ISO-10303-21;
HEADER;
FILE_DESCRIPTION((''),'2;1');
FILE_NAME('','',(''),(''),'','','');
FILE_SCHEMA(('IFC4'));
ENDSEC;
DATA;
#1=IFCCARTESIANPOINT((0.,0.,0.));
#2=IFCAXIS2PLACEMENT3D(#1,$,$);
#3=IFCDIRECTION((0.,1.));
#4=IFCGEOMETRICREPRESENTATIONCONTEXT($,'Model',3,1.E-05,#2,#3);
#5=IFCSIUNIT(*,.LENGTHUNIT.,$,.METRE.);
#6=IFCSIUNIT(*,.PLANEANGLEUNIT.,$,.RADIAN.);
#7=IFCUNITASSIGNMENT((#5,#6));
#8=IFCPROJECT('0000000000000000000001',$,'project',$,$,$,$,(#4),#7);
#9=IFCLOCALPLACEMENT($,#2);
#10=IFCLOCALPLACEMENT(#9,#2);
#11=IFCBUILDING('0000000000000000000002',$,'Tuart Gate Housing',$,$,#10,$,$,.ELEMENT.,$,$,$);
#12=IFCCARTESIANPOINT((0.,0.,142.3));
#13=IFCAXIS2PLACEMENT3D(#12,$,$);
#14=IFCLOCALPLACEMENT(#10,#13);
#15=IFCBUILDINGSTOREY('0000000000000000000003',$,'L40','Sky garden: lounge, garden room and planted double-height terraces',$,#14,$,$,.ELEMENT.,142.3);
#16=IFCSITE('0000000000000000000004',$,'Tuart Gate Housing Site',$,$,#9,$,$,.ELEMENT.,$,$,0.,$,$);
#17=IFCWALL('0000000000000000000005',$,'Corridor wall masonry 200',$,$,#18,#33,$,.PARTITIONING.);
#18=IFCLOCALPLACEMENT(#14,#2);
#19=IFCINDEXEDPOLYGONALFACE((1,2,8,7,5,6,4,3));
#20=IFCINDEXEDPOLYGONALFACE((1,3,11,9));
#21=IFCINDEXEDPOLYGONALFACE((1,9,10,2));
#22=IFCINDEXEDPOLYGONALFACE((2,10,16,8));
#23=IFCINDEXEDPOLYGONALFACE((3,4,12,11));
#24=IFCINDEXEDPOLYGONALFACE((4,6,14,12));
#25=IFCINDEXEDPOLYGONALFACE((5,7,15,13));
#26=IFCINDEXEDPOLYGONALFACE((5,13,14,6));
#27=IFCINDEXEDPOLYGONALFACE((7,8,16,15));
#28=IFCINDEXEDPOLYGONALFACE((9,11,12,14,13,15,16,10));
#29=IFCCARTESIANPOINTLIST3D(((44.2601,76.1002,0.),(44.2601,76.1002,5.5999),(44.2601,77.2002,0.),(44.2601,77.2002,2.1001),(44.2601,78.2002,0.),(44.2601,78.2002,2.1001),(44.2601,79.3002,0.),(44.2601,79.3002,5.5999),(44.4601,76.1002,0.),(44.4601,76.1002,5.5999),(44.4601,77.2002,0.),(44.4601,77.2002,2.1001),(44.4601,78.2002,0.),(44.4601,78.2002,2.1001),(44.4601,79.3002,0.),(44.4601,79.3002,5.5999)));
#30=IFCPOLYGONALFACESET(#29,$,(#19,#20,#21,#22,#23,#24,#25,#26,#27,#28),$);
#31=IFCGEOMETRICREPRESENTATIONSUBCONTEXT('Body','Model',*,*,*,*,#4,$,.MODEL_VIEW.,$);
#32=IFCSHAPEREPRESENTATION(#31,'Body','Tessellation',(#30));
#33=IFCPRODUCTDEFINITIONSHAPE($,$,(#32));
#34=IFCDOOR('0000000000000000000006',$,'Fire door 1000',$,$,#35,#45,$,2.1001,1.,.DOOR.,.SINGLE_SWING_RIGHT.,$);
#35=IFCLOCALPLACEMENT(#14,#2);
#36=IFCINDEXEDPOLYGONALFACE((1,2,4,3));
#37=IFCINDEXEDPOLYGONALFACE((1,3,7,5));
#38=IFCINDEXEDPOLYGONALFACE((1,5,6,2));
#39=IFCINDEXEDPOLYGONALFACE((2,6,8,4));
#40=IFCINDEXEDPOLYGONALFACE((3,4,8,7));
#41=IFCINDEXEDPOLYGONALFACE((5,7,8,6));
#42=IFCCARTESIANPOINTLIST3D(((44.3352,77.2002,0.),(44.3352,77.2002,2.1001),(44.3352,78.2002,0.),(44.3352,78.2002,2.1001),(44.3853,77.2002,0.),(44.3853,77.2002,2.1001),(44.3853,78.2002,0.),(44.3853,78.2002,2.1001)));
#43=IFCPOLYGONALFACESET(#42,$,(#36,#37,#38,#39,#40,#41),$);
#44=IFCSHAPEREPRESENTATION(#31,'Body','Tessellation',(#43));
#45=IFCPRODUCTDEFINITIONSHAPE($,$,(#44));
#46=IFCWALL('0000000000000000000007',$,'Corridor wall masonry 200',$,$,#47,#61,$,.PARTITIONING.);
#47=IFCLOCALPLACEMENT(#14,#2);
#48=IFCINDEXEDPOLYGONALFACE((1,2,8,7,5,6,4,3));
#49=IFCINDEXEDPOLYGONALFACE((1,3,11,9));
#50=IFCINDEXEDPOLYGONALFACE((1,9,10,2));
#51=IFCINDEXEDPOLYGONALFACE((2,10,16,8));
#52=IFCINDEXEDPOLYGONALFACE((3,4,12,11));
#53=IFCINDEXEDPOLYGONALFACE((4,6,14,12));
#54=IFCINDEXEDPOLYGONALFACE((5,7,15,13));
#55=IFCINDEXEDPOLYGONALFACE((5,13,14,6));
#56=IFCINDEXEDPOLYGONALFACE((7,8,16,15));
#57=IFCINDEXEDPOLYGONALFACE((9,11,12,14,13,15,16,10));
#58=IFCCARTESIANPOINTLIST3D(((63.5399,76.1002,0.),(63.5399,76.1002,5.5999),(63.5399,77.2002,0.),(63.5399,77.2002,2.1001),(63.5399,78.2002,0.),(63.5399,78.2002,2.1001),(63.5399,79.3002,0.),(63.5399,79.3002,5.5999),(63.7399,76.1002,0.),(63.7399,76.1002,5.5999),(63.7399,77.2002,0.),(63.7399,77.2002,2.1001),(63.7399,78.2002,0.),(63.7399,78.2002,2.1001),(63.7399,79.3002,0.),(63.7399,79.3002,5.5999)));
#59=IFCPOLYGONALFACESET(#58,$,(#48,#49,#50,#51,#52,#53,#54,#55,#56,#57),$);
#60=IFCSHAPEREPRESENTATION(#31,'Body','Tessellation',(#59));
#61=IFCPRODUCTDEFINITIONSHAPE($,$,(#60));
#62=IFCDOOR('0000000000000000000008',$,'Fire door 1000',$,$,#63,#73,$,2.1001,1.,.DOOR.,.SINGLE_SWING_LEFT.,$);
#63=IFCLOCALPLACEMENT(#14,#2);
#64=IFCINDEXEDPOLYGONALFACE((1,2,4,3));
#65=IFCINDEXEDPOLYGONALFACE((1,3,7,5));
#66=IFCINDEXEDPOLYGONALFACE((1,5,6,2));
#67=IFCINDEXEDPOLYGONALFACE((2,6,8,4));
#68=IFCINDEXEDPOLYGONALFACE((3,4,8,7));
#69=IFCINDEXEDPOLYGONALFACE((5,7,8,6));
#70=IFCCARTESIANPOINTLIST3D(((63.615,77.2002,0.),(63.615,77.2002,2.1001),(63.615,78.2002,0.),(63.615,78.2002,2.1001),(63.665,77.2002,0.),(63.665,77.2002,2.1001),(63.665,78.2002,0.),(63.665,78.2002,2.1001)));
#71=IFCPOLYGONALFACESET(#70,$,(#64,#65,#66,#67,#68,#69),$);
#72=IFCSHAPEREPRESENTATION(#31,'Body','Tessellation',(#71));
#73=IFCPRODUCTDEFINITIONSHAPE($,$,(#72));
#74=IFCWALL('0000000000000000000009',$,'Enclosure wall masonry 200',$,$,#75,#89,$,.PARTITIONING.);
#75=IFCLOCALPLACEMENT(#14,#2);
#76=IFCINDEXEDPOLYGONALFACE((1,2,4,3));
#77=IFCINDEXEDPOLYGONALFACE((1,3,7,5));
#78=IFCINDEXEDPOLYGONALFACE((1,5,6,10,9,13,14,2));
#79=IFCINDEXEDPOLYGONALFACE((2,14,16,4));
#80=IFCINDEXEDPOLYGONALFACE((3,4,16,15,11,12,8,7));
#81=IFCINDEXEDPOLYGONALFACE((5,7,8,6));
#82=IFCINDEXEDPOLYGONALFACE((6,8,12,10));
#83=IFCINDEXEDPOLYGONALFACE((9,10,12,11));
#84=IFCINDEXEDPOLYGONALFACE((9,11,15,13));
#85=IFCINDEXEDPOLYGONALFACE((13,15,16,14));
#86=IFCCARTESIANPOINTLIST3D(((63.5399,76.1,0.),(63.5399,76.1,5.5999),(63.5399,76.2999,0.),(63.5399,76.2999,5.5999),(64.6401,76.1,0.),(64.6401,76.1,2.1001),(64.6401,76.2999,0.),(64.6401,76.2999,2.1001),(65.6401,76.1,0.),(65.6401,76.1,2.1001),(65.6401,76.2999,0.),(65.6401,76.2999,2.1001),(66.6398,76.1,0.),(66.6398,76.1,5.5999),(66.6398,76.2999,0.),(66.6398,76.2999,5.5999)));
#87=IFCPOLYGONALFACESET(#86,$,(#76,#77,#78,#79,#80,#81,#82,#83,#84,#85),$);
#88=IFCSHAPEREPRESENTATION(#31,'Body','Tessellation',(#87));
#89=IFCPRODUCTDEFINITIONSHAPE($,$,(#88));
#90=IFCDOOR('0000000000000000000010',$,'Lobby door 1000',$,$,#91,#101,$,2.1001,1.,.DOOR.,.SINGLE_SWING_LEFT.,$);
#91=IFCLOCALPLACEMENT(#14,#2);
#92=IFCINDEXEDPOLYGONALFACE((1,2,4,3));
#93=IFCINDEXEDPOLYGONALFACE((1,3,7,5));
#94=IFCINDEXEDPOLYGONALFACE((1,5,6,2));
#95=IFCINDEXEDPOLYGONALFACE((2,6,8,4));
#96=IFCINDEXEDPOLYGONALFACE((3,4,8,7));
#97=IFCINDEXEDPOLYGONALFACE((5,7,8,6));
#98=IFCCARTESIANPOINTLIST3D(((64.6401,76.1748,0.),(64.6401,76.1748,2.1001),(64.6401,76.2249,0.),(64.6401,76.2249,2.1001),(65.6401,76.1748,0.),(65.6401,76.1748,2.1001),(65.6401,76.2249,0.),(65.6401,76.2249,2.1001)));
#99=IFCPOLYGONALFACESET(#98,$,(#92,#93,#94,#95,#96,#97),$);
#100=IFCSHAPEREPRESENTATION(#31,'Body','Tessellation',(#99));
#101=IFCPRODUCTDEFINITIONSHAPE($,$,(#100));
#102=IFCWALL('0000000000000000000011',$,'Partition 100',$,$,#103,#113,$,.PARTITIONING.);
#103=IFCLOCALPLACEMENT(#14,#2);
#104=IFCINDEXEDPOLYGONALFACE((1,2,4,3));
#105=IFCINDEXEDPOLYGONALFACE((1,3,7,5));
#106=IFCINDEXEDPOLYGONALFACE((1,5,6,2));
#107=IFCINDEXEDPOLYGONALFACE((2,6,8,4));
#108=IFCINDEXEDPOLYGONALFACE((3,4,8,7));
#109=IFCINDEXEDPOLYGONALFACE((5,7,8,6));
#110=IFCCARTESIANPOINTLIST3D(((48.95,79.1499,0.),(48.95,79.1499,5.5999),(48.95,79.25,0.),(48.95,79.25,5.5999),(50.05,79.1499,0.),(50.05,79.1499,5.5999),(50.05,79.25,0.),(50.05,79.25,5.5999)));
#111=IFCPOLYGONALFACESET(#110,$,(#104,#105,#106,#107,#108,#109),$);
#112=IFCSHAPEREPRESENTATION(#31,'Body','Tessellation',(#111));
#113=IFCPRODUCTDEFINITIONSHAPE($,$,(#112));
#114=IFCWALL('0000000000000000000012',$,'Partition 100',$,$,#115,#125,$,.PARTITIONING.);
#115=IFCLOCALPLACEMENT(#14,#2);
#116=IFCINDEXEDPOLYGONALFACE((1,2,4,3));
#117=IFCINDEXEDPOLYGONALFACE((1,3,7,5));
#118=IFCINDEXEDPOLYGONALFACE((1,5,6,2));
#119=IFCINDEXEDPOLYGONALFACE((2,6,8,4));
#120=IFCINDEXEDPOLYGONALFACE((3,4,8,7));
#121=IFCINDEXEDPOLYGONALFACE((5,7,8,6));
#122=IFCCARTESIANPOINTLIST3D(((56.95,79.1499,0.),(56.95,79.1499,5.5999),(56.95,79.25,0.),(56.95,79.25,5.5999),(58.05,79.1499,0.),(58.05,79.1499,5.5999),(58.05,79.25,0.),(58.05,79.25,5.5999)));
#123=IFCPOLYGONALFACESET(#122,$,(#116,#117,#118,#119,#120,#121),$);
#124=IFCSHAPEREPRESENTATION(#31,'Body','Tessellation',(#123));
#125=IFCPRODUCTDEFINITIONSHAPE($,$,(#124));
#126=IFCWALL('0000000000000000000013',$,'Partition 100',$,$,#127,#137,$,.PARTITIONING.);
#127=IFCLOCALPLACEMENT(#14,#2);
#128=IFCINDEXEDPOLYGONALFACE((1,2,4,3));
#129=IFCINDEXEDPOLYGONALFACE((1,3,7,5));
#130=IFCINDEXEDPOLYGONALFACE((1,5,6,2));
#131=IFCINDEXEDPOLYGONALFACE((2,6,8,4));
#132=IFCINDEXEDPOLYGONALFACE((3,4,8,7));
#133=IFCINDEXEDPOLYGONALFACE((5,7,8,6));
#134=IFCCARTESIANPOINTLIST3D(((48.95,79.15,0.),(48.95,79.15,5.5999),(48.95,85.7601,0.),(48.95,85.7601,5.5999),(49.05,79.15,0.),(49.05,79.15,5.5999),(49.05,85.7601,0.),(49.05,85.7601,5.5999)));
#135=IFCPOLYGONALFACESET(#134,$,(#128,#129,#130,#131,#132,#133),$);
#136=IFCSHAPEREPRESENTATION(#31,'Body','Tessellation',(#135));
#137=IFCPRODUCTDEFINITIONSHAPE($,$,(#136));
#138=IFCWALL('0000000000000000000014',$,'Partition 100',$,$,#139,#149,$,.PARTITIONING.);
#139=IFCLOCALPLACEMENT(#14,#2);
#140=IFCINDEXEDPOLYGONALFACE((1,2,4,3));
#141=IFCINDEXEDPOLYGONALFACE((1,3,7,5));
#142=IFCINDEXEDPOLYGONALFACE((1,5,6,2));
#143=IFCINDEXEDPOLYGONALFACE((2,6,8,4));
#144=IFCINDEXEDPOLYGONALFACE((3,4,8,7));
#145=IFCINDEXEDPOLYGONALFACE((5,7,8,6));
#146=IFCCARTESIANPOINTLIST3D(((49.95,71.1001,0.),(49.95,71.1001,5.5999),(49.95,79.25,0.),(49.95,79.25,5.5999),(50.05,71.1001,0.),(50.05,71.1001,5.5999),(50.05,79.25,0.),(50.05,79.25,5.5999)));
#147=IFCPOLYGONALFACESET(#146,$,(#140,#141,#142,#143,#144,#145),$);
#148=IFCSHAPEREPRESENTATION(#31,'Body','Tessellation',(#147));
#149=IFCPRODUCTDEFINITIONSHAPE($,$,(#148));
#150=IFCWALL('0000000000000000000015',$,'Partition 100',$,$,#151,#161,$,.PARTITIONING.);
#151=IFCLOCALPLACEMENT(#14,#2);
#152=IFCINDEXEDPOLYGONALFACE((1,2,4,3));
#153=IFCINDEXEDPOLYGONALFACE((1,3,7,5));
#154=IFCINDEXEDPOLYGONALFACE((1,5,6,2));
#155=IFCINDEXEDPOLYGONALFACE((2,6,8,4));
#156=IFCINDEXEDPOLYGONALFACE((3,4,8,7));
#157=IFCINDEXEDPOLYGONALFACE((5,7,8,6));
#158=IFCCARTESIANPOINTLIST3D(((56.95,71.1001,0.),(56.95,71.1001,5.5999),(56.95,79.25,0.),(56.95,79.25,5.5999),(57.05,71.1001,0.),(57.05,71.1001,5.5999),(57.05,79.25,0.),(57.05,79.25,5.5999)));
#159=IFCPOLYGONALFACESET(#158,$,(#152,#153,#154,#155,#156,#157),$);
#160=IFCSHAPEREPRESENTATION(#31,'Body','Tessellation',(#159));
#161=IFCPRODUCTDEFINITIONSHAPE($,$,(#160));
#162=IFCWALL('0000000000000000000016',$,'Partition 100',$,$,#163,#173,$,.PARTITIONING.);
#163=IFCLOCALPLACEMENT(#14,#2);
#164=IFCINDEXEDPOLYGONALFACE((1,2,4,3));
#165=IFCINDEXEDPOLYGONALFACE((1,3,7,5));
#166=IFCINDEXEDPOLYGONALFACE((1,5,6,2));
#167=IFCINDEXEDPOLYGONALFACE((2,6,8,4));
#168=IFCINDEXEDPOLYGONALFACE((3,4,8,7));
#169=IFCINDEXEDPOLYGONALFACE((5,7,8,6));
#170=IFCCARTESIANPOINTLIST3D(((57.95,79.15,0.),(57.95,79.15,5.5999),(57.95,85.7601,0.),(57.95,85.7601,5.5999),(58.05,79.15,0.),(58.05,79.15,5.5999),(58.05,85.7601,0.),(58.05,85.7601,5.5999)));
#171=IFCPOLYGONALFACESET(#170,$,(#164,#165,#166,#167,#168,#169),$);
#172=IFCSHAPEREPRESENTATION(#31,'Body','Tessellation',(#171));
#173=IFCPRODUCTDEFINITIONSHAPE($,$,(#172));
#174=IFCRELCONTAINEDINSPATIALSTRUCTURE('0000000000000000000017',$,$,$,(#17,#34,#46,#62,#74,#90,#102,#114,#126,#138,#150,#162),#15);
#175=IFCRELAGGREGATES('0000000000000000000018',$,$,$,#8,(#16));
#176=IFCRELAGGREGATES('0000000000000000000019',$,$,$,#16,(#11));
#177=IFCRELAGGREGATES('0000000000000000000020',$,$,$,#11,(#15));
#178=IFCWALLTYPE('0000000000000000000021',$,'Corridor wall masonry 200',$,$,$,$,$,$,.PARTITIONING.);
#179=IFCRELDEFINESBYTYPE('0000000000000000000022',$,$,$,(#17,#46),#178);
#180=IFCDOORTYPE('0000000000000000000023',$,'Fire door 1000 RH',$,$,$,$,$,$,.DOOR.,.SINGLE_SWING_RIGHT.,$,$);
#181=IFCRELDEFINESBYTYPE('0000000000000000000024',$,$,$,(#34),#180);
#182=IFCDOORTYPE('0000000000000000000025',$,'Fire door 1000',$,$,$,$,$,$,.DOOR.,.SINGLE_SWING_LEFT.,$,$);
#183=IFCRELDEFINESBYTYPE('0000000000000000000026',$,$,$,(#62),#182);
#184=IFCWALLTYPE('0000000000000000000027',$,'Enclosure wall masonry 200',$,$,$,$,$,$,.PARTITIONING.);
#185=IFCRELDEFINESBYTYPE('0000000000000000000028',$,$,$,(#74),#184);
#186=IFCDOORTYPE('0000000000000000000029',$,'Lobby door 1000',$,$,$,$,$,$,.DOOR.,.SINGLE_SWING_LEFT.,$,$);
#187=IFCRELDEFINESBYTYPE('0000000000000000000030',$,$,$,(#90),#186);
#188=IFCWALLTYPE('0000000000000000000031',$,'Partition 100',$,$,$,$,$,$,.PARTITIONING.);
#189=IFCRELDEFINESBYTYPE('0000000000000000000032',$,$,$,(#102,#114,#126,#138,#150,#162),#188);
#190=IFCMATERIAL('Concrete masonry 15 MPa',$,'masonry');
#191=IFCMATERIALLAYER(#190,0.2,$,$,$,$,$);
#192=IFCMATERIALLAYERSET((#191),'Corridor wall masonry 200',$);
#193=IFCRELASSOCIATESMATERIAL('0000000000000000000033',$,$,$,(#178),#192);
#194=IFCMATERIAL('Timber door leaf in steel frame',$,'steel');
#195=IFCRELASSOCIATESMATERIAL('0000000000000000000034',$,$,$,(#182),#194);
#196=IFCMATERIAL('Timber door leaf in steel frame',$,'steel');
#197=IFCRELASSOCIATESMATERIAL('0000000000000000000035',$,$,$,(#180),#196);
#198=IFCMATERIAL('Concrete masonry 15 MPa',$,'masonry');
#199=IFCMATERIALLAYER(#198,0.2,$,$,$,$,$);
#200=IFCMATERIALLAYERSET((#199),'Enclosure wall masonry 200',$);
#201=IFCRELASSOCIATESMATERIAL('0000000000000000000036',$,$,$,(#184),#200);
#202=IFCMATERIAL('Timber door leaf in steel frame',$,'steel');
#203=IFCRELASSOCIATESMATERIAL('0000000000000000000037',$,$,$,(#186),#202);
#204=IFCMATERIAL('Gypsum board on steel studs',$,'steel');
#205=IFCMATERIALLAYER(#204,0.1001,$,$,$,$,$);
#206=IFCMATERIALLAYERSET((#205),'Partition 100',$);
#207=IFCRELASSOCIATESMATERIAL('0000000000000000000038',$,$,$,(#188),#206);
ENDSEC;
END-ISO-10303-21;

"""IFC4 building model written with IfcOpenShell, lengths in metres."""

from ifc_helpers import new_model, si_unit, direction, frame, frame_2d, origin, place, context, subcontext, project, spatial, rectangle, extrude, material, layer, layer_set, type_object, element, fill, save


model = new_model("IFC4")

# Units and contexts
model_context = context("Model", 3, precision=1e-05, world=origin(), true_north=direction((0.0, 1.0)))
body_context = subcontext(model_context, "Body", "Model", "MODEL_VIEW")
ifc_project = project(units=[si_unit("LENGTHUNIT", "METRE"), si_unit("PLANEANGLEUNIT", "RADIAN")], contexts=[model_context])

# Site, building, storey
site_placement = place(None, origin())
site = spatial("IfcSite", under=ifc_project, at=site_placement, Name="Tuart Gate Housing Site", CompositionType="ELEMENT", RefElevation=0.0)
building_placement = place(site_placement, origin())
building = spatial("IfcBuilding", under=site, at=building_placement, Name="Tuart Gate Housing", CompositionType="ELEMENT")
storey_placement = place(building_placement, frame((0.0, 0.0, 142.3)))
storey = spatial("IfcBuildingStorey", under=building, at=storey_placement, Name="L40", Description="Sky garden: lounge, garden room and planted double-height terraces", CompositionType="ELEMENT", Elevation=142.3)

# Shared definitions
ifc_material_1 = material(Name="Concrete masonry 15 MPa", Category="masonry")
ifc_layer_1 = layer(ifc_material_1, 0.2)
ifc_layer_set_1 = layer_set([ifc_layer_1], Name="Corridor wall masonry 200")
wall_type_1 = type_object("IfcWallType", Name="Corridor wall masonry 200", PredefinedType="PARTITIONING", material=ifc_layer_set_1)
ifc_material_2 = material(Name="Timber door leaf in steel frame", Category="steel")
door_type_1 = type_object("IfcDoorType", Name="Fire door 1000", OperationType="SINGLE_SWING_LEFT", PredefinedType="DOOR", material=ifc_material_2)

# Walls, openings, doors
wall_1_placement = place(storey_placement, frame((44.3601, 76.1001, 0.0), z_axis=(0.0, 0.0, 1.0), x_axis=(0.0, 1.0, 0.0)))
wall_1 = element("IfcWall", 1, at=wall_1_placement, inside=storey, type_object=wall_type_1, Name="Corridor wall masonry 200", PredefinedType="PARTITIONING", context=body_context, shape_type="SweptSolid", body=[
    extrude(rectangle(XDim=3.2, YDim=0.2, at=frame_2d((1.6001, 0.0))), origin(), (0.0, 0.0, 1.0), 5.5999),
])
opening_1_placement = place(wall_1_placement, frame((1.1001, 0.0, 0.0)))
opening_1 = element("IfcOpeningElement", 2, at=opening_1_placement, cuts=wall_1, PredefinedType="OPENING", context=body_context, shape_type="SweptSolid", body=[
    extrude(rectangle(XDim=1.0, YDim=2.1001, at=frame_2d((0.5, 1.05))), frame((0.0, 0.1099, 0.0), z_axis=(0.0, -1.0, 0.0), x_axis=(1.0, 0.0, 0.0)), (0.0, 0.0, 1.0), 0.22),
])
ifc_material_3 = material(Name="Timber door leaf in steel frame", Category="steel")
door_type_2 = type_object("IfcDoorType", Name="Fire door 1000 RH", OperationType="SINGLE_SWING_RIGHT", PredefinedType="DOOR", material=ifc_material_3)
door_1_placement = place(opening_1_placement, frame((1.0, 0.0, 0.0), z_axis=(0.0, 0.0, 1.0), x_axis=(-1.0, 0.0, 0.0)))
door_1 = element("IfcDoor", 3, at=door_1_placement, inside=storey, type_object=door_type_2, Name="Fire door 1000", OperationType="SINGLE_SWING_RIGHT", OverallHeight=2.1001, OverallWidth=1.0, PredefinedType="DOOR", context=body_context, shape_type="SweptSolid", body=[
    extrude(rectangle(XDim=1.0, YDim=2.1001, at=frame_2d((0.5, 1.05))), frame((0.0, 0.0251, 0.0), z_axis=(0.0, -1.0, 0.0), x_axis=(1.0, 0.0, 0.0)), (0.0, 0.0, 1.0), 0.05),
])
fill(opening_1, door_1)
wall_2_placement = place(storey_placement, frame((63.6399, 76.1001, 0.0), z_axis=(0.0, 0.0, 1.0), x_axis=(0.0, 1.0, 0.0)))
wall_2 = element("IfcWall", 4, at=wall_2_placement, inside=storey, type_object=wall_type_1, Name="Corridor wall masonry 200", PredefinedType="PARTITIONING", context=body_context, shape_type="SweptSolid", body=[
    extrude(rectangle(XDim=3.2, YDim=0.2, at=frame_2d((1.6001, 0.0))), origin(), (0.0, 0.0, 1.0), 5.5999),
])
opening_2_placement = place(wall_2_placement, frame((1.1001, 0.0, 0.0)))
opening_2 = element("IfcOpeningElement", 5, at=opening_2_placement, cuts=wall_2, PredefinedType="OPENING", context=body_context, shape_type="SweptSolid", body=[
    extrude(rectangle(XDim=1.0, YDim=2.1001, at=frame_2d((0.5, 1.05))), frame((0.0, 0.1099, 0.0), z_axis=(0.0, -1.0, 0.0), x_axis=(1.0, 0.0, 0.0)), (0.0, 0.0, 1.0), 0.22),
])
door_2_placement = place(opening_2_placement, origin())
door_2 = element("IfcDoor", 6, at=door_2_placement, inside=storey, type_object=door_type_1, Name="Fire door 1000", OperationType="SINGLE_SWING_LEFT", OverallHeight=2.1001, OverallWidth=1.0, PredefinedType="DOOR", context=body_context, shape_type="SweptSolid", body=[
    extrude(rectangle(XDim=1.0, YDim=2.1001, at=frame_2d((0.5, 1.05))), frame((0.0, 0.0249, 0.0), z_axis=(0.0, -1.0, 0.0), x_axis=(1.0, 0.0, 0.0)), (0.0, 0.0, 1.0), 0.05),
])
fill(opening_2, door_2)
ifc_material_4 = material(Name="Concrete masonry 15 MPa", Category="masonry")
ifc_layer_2 = layer(ifc_material_4, 0.2)
ifc_layer_set_2 = layer_set([ifc_layer_2], Name="Enclosure wall masonry 200")
wall_type_2 = type_object("IfcWallType", Name="Enclosure wall masonry 200", PredefinedType="PARTITIONING", material=ifc_layer_set_2)
wall_3_placement = place(storey_placement, frame((63.54, 76.2, 0.0), z_axis=(0.0, 0.0, 1.0), x_axis=(1.0, 0.0, 0.0)))
wall_3 = element("IfcWall", 7, at=wall_3_placement, inside=storey, type_object=wall_type_2, Name="Enclosure wall masonry 200", PredefinedType="PARTITIONING", context=body_context, shape_type="SweptSolid", body=[
    extrude(rectangle(XDim=3.0999, YDim=0.2, at=frame_2d((1.5498, 0.0))), origin(), (0.0, 0.0, 1.0), 5.5999),
])
opening_3_placement = place(wall_3_placement, frame((1.1001, 0.0, 0.0)))
opening_3 = element("IfcOpeningElement", 8, at=opening_3_placement, cuts=wall_3, PredefinedType="OPENING", context=body_context, shape_type="SweptSolid", body=[
    extrude(rectangle(XDim=1.0, YDim=2.1001, at=frame_2d((0.5, 1.05))), frame((0.0, 0.1099, 0.0), z_axis=(0.0, -1.0, 0.0), x_axis=(1.0, 0.0, 0.0)), (0.0, 0.0, 1.0), 0.22),
])
ifc_material_5 = material(Name="Timber door leaf in steel frame", Category="steel")
door_type_3 = type_object("IfcDoorType", Name="Lobby door 1000", OperationType="SINGLE_SWING_LEFT", PredefinedType="DOOR", material=ifc_material_5)
door_3_placement = place(opening_3_placement, origin())
door_3 = element("IfcDoor", 9, at=door_3_placement, inside=storey, type_object=door_type_3, Name="Lobby door 1000", OperationType="SINGLE_SWING_LEFT", OverallHeight=2.1001, OverallWidth=1.0, PredefinedType="DOOR", context=body_context, shape_type="SweptSolid", body=[
    extrude(rectangle(XDim=1.0, YDim=2.1001, at=frame_2d((0.5, 1.05))), frame((0.0, 0.0249, 0.0), z_axis=(0.0, -1.0, 0.0), x_axis=(1.0, 0.0, 0.0)), (0.0, 0.0, 1.0), 0.05),
])
fill(opening_3, door_3)

# Walls
ifc_material_6 = material(Name="Gypsum board on steel studs", Category="steel")
ifc_layer_3 = layer(ifc_material_6, 0.1001)
ifc_layer_set_3 = layer_set([ifc_layer_3], Name="Partition 100")
wall_type_3 = type_object("IfcWallType", Name="Partition 100", PredefinedType="PARTITIONING", material=ifc_layer_set_3)
for number, where, z_axis, x_axis, name in (
    (10, (48.95, 79.2, 0.0), (0.0, 0.0, 1.0), (1.0, 0.0, 0.0), "Partition 100"),
    (11, (56.95, 79.2, 0.0), (0.0, 0.0, 1.0), (1.0, 0.0, 0.0), "Partition 100"),
):
    element("IfcWall", number, at=place(storey_placement, frame(where, z_axis=z_axis, x_axis=x_axis)), inside=storey, type_object=wall_type_3, Name=name, PredefinedType="PARTITIONING", context=body_context, shape_type="SweptSolid", body=[
        extrude(rectangle(XDim=1.1001, YDim=0.1001, at=frame_2d((0.55, 0.0))), origin(), (0.0, 0.0, 1.0), 5.5999),
    ])
wall_4_placement = place(storey_placement, frame((49.0, 79.1499, 0.0), z_axis=(0.0, 0.0, 1.0), x_axis=(0.0, 1.0, 0.0)))
element("IfcWall", 12, at=wall_4_placement, inside=storey, type_object=wall_type_3, Name="Partition 100", PredefinedType="PARTITIONING", context=body_context, shape_type="SweptSolid", body=[
    extrude(rectangle(XDim=6.6101, YDim=0.1001, at=frame_2d((3.3052, 0.0))), origin(), (0.0, 0.0, 1.0), 5.5999),
])
for number, where, z_axis, x_axis, name in (
    (13, (50.0, 71.1001, 0.0), (0.0, 0.0, 1.0), (0.0, 1.0, 0.0), "Partition 100"),
    (14, (57.0, 71.1001, 0.0), (0.0, 0.0, 1.0), (0.0, 1.0, 0.0), "Partition 100"),
):
    element("IfcWall", number, at=place(storey_placement, frame(where, z_axis=z_axis, x_axis=x_axis)), inside=storey, type_object=wall_type_3, Name=name, PredefinedType="PARTITIONING", context=body_context, shape_type="SweptSolid", body=[
        extrude(rectangle(XDim=8.1499, YDim=0.1001, at=frame_2d((4.075, 0.0))), origin(), (0.0, 0.0, 1.0), 5.5999),
    ])
wall_5_placement = place(storey_placement, frame((58.0, 79.1499, 0.0), z_axis=(0.0, 0.0, 1.0), x_axis=(0.0, 1.0, 0.0)))
element("IfcWall", 15, at=wall_5_placement, inside=storey, type_object=wall_type_3, Name="Partition 100", PredefinedType="PARTITIONING", context=body_context, shape_type="SweptSolid", body=[
    extrude(rectangle(XDim=6.6101, YDim=0.1001, at=frame_2d((3.3052, 0.0))), origin(), (0.0, 0.0, 1.0), 5.5999),
])

save(model, "model.ifc")
